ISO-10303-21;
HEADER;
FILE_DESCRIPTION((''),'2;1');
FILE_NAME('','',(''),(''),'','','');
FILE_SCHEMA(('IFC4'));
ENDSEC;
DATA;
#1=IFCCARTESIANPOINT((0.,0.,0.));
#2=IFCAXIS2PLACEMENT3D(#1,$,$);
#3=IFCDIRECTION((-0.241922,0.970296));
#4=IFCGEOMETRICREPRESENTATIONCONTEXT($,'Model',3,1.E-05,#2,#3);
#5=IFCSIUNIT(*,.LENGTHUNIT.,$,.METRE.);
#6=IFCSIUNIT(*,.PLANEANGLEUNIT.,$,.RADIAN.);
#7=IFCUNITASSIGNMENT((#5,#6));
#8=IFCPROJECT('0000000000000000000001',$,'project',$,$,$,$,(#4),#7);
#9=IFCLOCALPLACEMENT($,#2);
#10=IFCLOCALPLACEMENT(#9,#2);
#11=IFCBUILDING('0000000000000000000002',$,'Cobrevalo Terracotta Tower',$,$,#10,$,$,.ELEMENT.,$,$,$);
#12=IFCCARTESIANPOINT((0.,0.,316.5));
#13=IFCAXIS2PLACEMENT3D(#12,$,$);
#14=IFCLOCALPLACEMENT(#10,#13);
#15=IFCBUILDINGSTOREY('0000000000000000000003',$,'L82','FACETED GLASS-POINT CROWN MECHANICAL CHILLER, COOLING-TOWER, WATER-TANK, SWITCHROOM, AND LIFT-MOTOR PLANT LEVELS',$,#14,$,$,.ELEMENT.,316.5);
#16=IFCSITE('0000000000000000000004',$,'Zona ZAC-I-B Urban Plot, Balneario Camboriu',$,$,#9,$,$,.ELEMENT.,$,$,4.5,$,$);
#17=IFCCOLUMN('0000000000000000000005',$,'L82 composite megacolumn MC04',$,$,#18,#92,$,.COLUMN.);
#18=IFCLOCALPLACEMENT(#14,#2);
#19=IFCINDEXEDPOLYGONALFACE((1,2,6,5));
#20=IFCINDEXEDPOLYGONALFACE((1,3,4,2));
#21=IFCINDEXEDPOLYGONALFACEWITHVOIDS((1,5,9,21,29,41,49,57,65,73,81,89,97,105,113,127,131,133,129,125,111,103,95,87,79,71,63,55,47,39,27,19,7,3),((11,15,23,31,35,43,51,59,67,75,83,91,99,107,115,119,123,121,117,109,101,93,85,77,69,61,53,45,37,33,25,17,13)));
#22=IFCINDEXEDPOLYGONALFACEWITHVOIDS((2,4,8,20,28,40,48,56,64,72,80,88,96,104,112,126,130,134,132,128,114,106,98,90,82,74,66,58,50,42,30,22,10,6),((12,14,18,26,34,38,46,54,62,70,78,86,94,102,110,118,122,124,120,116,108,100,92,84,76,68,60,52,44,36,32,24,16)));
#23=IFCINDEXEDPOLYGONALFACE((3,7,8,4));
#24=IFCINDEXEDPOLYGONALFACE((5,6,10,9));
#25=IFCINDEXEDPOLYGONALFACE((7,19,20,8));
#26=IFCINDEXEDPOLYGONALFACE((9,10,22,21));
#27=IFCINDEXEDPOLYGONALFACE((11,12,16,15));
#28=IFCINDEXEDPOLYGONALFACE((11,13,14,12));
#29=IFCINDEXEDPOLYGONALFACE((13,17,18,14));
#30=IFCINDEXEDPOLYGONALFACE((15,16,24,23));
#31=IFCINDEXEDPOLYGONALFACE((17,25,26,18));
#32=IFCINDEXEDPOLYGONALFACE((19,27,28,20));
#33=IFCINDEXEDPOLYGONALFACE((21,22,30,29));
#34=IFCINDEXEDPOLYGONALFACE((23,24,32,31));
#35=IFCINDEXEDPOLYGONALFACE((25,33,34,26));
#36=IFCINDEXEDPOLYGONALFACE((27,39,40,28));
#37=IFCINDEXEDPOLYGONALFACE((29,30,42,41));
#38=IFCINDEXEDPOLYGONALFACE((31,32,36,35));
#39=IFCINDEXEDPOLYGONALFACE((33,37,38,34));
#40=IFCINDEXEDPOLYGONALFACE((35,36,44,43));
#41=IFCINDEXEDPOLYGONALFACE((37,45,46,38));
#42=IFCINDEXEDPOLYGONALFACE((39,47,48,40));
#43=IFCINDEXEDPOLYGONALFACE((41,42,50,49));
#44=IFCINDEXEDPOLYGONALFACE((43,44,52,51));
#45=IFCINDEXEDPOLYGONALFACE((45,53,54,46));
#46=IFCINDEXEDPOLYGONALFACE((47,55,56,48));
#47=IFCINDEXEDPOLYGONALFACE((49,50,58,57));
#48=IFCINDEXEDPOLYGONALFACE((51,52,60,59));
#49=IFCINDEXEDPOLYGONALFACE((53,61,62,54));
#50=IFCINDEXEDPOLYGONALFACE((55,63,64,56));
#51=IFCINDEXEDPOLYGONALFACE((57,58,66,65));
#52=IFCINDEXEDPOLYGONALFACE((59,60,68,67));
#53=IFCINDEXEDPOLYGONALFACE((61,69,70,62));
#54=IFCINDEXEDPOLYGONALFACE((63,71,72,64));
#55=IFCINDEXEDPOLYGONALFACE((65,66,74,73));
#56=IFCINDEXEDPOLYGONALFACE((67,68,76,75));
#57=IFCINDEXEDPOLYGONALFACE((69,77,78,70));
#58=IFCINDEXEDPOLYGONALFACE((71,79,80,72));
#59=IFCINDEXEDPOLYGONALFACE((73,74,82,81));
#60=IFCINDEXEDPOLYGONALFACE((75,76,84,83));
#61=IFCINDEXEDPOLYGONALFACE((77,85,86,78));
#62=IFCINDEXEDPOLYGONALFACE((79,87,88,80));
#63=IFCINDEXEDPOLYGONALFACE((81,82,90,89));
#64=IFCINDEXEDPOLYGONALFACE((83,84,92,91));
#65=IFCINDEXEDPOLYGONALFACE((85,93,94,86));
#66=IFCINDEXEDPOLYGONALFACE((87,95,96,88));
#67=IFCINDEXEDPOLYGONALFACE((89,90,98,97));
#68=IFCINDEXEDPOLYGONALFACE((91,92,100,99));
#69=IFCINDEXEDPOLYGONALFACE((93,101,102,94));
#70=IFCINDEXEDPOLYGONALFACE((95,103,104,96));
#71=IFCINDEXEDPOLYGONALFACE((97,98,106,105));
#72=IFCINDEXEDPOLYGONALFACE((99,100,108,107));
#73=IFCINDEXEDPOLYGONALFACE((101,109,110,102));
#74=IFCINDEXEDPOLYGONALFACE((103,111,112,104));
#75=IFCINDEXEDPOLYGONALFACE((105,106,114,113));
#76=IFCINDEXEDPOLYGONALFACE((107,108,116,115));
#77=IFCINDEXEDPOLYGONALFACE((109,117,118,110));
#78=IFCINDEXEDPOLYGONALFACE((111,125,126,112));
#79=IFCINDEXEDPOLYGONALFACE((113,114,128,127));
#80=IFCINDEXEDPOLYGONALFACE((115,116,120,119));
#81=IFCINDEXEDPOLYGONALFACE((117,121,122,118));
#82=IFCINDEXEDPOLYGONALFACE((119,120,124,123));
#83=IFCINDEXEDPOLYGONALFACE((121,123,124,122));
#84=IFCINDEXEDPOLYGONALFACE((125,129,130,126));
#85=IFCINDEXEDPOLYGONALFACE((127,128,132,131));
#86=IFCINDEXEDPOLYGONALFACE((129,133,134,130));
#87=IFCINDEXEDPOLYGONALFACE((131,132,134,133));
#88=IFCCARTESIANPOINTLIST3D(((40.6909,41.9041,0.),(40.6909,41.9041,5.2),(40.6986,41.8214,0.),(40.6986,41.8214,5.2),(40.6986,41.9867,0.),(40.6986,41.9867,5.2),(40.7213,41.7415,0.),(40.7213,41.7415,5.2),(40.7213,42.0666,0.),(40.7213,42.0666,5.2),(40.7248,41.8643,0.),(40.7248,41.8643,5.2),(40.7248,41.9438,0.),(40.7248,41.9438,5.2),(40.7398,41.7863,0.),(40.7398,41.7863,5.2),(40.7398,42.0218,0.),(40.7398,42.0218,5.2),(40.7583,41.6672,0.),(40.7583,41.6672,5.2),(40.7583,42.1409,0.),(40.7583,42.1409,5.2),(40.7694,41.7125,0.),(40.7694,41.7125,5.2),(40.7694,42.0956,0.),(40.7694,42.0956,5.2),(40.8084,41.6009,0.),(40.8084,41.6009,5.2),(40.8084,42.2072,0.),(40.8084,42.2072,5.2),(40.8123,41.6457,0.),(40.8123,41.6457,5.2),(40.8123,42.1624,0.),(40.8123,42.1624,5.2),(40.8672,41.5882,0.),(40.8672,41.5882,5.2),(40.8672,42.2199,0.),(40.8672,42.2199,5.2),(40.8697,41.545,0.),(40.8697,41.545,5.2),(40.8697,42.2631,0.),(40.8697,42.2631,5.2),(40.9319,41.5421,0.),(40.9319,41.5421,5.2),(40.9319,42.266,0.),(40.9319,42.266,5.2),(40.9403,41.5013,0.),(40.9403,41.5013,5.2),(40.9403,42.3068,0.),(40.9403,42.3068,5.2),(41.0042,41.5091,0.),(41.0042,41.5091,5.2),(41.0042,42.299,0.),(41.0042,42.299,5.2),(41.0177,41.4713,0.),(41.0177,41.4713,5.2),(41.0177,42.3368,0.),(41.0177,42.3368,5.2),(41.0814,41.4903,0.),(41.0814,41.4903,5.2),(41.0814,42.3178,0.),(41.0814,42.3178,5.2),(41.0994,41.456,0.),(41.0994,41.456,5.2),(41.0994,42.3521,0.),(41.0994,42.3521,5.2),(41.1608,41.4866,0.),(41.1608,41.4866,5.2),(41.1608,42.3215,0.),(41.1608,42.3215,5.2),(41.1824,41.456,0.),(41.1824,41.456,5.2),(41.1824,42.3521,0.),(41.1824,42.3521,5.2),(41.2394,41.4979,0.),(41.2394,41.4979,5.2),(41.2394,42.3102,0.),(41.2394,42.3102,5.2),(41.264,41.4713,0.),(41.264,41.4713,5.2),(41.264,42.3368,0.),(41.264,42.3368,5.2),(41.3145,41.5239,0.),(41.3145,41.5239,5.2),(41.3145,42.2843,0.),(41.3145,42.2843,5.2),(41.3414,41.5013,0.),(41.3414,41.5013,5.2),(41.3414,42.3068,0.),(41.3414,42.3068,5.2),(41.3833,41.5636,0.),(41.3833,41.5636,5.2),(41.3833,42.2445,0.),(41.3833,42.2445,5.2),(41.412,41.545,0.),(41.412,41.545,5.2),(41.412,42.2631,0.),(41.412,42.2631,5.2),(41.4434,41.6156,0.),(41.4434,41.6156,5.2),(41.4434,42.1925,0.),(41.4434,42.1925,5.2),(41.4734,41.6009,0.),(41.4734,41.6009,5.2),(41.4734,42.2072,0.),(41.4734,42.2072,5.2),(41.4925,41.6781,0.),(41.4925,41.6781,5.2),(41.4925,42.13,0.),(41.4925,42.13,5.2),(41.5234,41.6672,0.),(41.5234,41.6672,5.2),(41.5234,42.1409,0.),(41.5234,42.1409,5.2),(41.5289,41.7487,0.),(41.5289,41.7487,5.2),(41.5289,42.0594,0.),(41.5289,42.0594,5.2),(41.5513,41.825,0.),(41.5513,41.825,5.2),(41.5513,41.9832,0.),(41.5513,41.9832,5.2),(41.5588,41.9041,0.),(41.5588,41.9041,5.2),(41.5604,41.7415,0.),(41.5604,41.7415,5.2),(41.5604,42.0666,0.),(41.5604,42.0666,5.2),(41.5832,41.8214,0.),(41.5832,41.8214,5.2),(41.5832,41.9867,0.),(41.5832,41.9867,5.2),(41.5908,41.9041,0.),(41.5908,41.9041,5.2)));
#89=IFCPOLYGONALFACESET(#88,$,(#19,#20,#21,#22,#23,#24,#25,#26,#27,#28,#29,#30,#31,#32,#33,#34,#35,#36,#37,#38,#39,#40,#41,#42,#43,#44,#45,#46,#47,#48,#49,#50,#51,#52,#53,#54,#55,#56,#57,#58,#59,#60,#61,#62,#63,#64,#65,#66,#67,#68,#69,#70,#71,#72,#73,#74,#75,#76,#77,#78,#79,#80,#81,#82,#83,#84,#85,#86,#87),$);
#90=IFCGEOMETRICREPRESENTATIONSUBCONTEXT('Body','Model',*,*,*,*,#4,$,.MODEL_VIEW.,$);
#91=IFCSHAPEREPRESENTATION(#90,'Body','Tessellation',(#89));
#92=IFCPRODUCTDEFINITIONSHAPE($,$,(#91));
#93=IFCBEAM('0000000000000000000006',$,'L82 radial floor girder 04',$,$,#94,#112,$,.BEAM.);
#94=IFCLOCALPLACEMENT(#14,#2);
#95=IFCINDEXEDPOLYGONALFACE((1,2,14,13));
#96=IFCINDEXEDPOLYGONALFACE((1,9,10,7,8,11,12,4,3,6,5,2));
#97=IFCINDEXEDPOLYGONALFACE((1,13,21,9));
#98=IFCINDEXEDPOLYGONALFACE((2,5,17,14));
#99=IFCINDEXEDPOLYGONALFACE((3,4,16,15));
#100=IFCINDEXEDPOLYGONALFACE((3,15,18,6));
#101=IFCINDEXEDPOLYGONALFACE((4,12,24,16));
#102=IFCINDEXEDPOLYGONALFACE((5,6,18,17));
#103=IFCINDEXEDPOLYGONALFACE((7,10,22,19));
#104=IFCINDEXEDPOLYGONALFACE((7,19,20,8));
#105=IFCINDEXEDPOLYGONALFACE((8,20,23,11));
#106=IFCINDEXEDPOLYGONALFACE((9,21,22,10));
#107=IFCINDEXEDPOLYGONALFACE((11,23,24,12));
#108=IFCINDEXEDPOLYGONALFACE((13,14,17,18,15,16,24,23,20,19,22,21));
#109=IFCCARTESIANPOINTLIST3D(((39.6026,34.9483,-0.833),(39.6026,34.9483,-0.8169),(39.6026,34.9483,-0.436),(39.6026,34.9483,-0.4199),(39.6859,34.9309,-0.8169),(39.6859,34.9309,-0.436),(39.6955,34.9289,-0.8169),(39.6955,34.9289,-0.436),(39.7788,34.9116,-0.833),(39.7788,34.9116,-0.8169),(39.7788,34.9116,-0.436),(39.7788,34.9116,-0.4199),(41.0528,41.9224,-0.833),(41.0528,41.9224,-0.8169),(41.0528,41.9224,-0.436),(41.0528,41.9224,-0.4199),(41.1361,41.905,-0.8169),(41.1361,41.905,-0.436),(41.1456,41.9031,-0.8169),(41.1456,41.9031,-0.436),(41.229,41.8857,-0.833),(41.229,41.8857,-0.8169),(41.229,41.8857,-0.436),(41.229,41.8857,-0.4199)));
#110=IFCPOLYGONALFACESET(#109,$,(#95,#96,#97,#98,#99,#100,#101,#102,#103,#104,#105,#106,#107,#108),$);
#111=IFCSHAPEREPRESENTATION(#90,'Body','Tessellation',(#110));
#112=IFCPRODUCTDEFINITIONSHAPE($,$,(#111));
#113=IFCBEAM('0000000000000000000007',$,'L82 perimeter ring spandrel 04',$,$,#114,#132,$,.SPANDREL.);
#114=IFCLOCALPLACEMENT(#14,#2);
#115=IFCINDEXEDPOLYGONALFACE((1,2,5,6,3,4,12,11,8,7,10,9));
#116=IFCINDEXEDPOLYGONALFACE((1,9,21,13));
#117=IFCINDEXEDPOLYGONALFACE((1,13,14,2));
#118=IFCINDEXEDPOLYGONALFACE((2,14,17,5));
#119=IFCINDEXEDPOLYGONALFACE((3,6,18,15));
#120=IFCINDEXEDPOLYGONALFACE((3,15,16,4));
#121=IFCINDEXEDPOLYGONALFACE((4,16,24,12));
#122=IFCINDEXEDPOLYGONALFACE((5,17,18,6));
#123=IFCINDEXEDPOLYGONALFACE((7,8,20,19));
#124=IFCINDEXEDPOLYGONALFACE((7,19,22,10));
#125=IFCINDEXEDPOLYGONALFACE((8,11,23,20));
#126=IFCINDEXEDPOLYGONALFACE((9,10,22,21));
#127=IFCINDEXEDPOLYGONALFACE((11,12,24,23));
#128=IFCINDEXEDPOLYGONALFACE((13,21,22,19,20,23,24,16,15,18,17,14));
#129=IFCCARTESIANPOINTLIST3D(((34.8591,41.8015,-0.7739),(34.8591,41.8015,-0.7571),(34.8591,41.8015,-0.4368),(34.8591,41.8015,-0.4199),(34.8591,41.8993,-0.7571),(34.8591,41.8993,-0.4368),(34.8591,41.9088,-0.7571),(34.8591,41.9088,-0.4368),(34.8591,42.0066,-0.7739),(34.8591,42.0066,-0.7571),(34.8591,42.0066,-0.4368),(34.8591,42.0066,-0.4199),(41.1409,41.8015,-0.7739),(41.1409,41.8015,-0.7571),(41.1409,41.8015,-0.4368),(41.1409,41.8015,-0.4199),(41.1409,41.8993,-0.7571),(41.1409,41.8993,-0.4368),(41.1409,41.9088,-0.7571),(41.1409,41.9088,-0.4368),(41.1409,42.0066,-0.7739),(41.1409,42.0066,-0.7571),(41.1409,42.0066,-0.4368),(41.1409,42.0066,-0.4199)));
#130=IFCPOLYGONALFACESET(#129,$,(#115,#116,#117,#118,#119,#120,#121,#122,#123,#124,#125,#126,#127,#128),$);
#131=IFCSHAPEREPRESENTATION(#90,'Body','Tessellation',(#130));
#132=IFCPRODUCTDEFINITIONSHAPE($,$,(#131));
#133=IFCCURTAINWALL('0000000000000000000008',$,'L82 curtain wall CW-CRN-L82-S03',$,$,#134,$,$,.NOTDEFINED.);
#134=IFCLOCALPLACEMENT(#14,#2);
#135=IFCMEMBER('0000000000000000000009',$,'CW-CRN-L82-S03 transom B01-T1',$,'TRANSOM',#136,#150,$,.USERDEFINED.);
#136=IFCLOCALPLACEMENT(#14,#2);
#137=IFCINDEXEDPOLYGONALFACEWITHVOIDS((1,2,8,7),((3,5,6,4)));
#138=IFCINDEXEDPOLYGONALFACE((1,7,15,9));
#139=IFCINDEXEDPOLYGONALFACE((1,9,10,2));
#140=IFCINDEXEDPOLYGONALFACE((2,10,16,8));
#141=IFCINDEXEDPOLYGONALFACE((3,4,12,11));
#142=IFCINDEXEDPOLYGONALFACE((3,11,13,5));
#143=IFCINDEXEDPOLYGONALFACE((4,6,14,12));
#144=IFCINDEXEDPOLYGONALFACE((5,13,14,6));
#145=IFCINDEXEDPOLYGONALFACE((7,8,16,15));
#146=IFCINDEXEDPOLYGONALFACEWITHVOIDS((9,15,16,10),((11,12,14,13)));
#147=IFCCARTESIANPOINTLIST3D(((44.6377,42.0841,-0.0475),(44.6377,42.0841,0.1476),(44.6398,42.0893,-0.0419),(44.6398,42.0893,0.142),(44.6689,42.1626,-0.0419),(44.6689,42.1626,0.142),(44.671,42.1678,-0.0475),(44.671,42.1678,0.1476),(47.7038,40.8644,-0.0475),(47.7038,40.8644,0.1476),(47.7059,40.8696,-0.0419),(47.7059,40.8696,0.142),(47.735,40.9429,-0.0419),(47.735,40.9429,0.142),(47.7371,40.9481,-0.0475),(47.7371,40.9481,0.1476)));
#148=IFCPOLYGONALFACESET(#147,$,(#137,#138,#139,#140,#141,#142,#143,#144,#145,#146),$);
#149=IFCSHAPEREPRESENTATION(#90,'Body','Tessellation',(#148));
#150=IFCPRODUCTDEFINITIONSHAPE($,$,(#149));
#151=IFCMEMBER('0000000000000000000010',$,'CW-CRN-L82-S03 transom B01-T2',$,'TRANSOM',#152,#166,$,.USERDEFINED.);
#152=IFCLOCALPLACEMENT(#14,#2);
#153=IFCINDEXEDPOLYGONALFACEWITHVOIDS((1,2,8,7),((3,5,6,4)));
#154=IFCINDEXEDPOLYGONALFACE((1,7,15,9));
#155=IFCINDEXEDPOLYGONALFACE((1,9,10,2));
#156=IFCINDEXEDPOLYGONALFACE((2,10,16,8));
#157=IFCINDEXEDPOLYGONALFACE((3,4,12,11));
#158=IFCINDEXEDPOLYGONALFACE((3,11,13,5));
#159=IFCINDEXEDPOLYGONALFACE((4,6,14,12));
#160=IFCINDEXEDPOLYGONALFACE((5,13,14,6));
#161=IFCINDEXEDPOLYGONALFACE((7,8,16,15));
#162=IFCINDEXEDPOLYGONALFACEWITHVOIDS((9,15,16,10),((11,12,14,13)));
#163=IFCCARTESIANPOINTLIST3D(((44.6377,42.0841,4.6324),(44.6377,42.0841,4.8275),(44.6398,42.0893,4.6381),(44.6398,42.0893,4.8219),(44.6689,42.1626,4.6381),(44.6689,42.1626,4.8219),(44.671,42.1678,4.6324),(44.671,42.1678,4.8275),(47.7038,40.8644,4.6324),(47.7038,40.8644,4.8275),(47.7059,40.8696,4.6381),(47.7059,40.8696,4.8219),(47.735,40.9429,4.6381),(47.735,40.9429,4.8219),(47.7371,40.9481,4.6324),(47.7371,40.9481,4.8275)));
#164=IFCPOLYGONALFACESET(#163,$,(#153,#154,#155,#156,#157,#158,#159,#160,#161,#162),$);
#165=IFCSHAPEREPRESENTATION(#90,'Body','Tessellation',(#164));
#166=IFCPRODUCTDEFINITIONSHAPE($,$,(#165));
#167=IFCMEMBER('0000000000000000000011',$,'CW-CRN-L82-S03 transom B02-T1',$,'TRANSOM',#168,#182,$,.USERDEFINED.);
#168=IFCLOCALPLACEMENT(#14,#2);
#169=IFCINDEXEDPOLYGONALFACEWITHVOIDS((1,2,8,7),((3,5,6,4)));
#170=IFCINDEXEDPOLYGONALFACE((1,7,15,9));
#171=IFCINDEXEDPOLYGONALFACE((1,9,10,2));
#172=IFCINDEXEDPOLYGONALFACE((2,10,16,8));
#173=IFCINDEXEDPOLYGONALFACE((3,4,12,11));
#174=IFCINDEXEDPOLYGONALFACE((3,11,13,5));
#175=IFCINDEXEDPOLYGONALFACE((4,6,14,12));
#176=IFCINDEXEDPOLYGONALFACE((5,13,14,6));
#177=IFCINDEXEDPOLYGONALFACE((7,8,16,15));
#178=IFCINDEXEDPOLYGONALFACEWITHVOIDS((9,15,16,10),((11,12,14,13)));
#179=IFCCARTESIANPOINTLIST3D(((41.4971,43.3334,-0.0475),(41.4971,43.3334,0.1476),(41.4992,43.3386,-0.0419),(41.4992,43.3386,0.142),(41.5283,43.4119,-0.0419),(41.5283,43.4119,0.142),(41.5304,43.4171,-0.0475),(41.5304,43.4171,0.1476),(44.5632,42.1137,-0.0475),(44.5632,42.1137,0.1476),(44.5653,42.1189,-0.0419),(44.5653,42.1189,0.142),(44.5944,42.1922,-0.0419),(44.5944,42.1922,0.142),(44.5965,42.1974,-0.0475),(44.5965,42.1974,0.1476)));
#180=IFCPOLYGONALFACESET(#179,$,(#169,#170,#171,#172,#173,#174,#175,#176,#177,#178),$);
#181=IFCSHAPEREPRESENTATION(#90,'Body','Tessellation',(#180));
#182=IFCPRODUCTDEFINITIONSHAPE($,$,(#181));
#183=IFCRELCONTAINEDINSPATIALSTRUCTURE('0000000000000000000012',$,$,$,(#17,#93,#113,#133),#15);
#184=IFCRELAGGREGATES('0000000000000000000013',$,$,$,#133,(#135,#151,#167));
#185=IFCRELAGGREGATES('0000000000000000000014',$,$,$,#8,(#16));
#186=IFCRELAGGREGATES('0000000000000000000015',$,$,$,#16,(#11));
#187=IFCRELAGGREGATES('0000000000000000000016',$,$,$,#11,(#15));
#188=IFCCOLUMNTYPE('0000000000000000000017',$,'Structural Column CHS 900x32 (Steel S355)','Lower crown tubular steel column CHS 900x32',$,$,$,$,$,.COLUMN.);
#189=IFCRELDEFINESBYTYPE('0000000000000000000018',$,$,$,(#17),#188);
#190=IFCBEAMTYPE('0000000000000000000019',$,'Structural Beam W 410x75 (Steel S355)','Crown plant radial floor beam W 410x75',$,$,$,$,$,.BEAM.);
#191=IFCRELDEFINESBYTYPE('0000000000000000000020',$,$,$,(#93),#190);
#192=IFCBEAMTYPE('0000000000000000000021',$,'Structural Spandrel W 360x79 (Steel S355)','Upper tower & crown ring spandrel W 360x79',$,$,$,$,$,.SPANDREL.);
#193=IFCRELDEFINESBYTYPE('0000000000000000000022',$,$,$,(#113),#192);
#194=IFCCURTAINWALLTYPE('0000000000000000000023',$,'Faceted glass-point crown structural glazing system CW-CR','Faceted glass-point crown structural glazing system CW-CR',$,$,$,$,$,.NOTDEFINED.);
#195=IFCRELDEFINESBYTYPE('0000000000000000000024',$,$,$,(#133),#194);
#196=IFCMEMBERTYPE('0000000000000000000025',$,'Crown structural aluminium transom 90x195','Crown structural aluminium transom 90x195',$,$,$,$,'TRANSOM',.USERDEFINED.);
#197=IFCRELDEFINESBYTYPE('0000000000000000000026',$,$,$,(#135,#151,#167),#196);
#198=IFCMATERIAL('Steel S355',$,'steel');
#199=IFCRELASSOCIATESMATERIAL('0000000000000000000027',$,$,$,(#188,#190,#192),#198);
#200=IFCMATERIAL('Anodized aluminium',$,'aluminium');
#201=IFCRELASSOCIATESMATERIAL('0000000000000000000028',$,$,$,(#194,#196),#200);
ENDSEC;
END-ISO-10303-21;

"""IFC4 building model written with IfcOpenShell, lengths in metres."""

from ifc_helpers import new_model, si_unit, direction, frame, origin, origin_2d, place, context, subcontext, project, spatial, hollow_rectangle, hollow_circle, i_section, extrude, source, transform, mapped, material, material_profile, profile_set, type_object, element, aggregate, save


model = new_model("IFC4")

# Units and contexts
model_context = context("Model", 3, precision=1e-05, world=origin(), true_north=direction((-0.241922, 0.970296)))
body_context = subcontext(model_context, "Body", "Model", "MODEL_VIEW")
ifc_project = project(units=[si_unit("LENGTHUNIT", "METRE"), si_unit("PLANEANGLEUNIT", "RADIAN")], contexts=[model_context])

# Site, building, storey
site_placement = place(None, origin())
site = spatial("IfcSite", under=ifc_project, at=site_placement, Name="Zona ZAC-I-B Urban Plot, Balneario Camboriu", CompositionType="ELEMENT", RefElevation=4.5)
building_placement = place(site_placement, origin())
building = spatial("IfcBuilding", under=site, at=building_placement, Name="Cobrevalo Terracotta Tower", CompositionType="ELEMENT")
storey_placement = place(building_placement, frame((0.0, 0.0, 316.5)))
storey = spatial("IfcBuildingStorey", under=building, at=storey_placement, Name="L82", Description="FACETED GLASS-POINT CROWN MECHANICAL CHILLER, COOLING-TOWER, WATER-TANK, SWITCHROOM, AND LIFT-MOTOR PLANT LEVELS", CompositionType="ELEMENT", Elevation=316.5)

# Column
ifc_material_1 = material(Name="Steel S355", Category="steel")
ifc_material_profile_1 = material_profile(ifc_material_1, hollow_circle(Radius=0.45, WallThickness=0.032, at=origin_2d()), Name="CHS 900x32")
ifc_profile_set_1 = profile_set([ifc_material_profile_1], Name="Steel S355")
column_type = type_object("IfcColumnType", Name="Structural Column CHS 900x32 (Steel S355)", Description="Lower crown tubular steel column CHS 900x32", PredefinedType="COLUMN", material=ifc_profile_set_1)
column_placement = place(storey_placement, frame((41.1409, 41.9041, 0.0), z_axis=(0.0, 0.0, 1.0), x_axis=(1.0, 0.0, 0.0)))
element("IfcColumn", 1, at=column_placement, inside=storey, type_object=column_type, Name="L82 composite megacolumn MC04", PredefinedType="COLUMN", context=body_context, shape_type="SweptSolid", body=[
    extrude(hollow_circle(Radius=0.45, WallThickness=0.032, at=origin_2d()), origin(), (0.0, 0.0, 1.0), 5.2),
])

# Beams
ifc_material_profile_2 = material_profile(ifc_material_1, i_section(OverallWidth=0.1799, OverallDepth=0.4131, WebThickness=0.0098, FlangeThickness=0.0161, at=origin_2d()), Name="W 410x75")
ifc_profile_set_2 = profile_set([ifc_material_profile_2], Name="Steel S355")
beam_type_1 = type_object("IfcBeamType", Name="Structural Beam W 410x75 (Steel S355)", Description="Crown plant radial floor beam W 410x75", PredefinedType="BEAM", material=ifc_profile_set_2)
beam_1_placement = place(storey_placement, frame((41.1409, 41.9041, -0.6265), z_axis=(-0.203585, -0.979057, 0.0), x_axis=(0.979057, -0.203585, 0.0)))
element("IfcBeam", 2, at=beam_1_placement, inside=storey, type_object=beam_type_1, Name="L82 radial floor girder 04", PredefinedType="BEAM", context=body_context, shape_type="SweptSolid", body=[
    extrude(i_section(OverallWidth=0.1799, OverallDepth=0.4131, WebThickness=0.0098, FlangeThickness=0.0161, at=origin_2d()), origin(), (0.0, 0.0, 1.0), 7.1233),
])
ifc_material_profile_3 = material_profile(ifc_material_1, i_section(OverallWidth=0.2051, OverallDepth=0.354, WebThickness=0.0095, FlangeThickness=0.0168, at=origin_2d()), Name="W 360x79")
ifc_profile_set_3 = profile_set([ifc_material_profile_3], Name="Steel S355")
beam_type_2 = type_object("IfcBeamType", Name="Structural Spandrel W 360x79 (Steel S355)", Description="Upper tower & crown ring spandrel W 360x79", PredefinedType="SPANDREL", material=ifc_profile_set_3)
beam_2_placement = place(storey_placement, frame((41.1409, 41.9041, -0.5969), z_axis=(-1.0, 0.0, 0.0), x_axis=(0.0, -1.0, 0.0)))
element("IfcBeam", 3, at=beam_2_placement, inside=storey, type_object=beam_type_2, Name="L82 perimeter ring spandrel 04", PredefinedType="SPANDREL", context=body_context, shape_type="SweptSolid", body=[
    extrude(i_section(OverallWidth=0.2051, OverallDepth=0.354, WebThickness=0.0095, FlangeThickness=0.0168, at=origin_2d()), origin(), (0.0, 0.0, 1.0), 6.2817),
])

# Curtain wall, members
ifc_material_2 = material(Name="Anodized aluminium", Category="aluminium")
curtain_wall_type = type_object("IfcCurtainWallType", Name="Faceted glass-point crown structural glazing system CW-CR", Description="Faceted glass-point crown structural glazing system CW-CR", PredefinedType="NOTDEFINED", material=ifc_material_2)
curtain_wall_1_placement = place(storey_placement, origin())
curtain_wall_1 = element("IfcCurtainWall", 4, at=curtain_wall_1_placement, inside=storey, type_object=curtain_wall_type, Name="L82 curtain wall CW-CRN-L82-S03", PredefinedType="NOTDEFINED")
ifc_material_profile_4 = material_profile(ifc_material_2, hollow_rectangle(XDim=0.0901, YDim=0.1951, WallThickness=0.0056, at=origin_2d()), Name="CWT 90x195")
ifc_profile_set_4 = profile_set([ifc_material_profile_4], Name="Anodized aluminium")
member_type_1 = type_object("IfcMemberType", Name="Crown structural aluminium transom 90x195", Description="Crown structural aluminium transom 90x195", ElementType="TRANSOM", PredefinedType="USERDEFINED", material=ifc_profile_set_4)
shared_shape_1 = source(origin(), body_context, "Body", "SweptSolid", [
    extrude(hollow_rectangle(XDim=0.0901, YDim=0.1951, WallThickness=0.0056, at=origin_2d()), origin(), (0.0, 0.0, 1.0), 3.2998),
])
member_1_placement = place(storey_placement, frame((47.7205, 40.9062, 0.05), z_axis=(-0.929179, 0.36963, 0.0), x_axis=(-0.36963, -0.929179, 0.0)))
member_1 = element("IfcMember", 5, at=member_1_placement, type_object=member_type_1, Name="CW-CRN-L82-S03 transom B01-T1", ObjectType="TRANSOM", PredefinedType="USERDEFINED", context=body_context, shape_type="MappedRepresentation", body=[
    mapped(shared_shape_1, transform((0.0, 0.0, 0.0), scale=1.0)),
])
member_2_placement = place(storey_placement, frame((47.7205, 40.9062, 4.73), z_axis=(-0.929179, 0.36963, 0.0), x_axis=(-0.36963, -0.929179, 0.0)))
member_2 = element("IfcMember", 6, at=member_2_placement, type_object=member_type_1, Name="CW-CRN-L82-S03 transom B01-T2", ObjectType="TRANSOM", PredefinedType="USERDEFINED", context=body_context, shape_type="MappedRepresentation", body=[
    mapped(shared_shape_1, transform((0.0, 0.0, 0.0), scale=1.0)),
])
member_3_placement = place(storey_placement, frame((44.5798, 42.1555, 0.05), z_axis=(-0.929179, 0.36963, 0.0), x_axis=(-0.36963, -0.929179, 0.0)))
member_3 = element("IfcMember", 7, at=member_3_placement, type_object=member_type_1, Name="CW-CRN-L82-S03 transom B02-T1", ObjectType="TRANSOM", PredefinedType="USERDEFINED", context=body_context, shape_type="MappedRepresentation", body=[
    mapped(shared_shape_1, transform((0.0, 0.0, 0.0), scale=1.0)),
])

aggregate(curtain_wall_1, [member_1, member_2, member_3])

save(model, "model.ifc")
